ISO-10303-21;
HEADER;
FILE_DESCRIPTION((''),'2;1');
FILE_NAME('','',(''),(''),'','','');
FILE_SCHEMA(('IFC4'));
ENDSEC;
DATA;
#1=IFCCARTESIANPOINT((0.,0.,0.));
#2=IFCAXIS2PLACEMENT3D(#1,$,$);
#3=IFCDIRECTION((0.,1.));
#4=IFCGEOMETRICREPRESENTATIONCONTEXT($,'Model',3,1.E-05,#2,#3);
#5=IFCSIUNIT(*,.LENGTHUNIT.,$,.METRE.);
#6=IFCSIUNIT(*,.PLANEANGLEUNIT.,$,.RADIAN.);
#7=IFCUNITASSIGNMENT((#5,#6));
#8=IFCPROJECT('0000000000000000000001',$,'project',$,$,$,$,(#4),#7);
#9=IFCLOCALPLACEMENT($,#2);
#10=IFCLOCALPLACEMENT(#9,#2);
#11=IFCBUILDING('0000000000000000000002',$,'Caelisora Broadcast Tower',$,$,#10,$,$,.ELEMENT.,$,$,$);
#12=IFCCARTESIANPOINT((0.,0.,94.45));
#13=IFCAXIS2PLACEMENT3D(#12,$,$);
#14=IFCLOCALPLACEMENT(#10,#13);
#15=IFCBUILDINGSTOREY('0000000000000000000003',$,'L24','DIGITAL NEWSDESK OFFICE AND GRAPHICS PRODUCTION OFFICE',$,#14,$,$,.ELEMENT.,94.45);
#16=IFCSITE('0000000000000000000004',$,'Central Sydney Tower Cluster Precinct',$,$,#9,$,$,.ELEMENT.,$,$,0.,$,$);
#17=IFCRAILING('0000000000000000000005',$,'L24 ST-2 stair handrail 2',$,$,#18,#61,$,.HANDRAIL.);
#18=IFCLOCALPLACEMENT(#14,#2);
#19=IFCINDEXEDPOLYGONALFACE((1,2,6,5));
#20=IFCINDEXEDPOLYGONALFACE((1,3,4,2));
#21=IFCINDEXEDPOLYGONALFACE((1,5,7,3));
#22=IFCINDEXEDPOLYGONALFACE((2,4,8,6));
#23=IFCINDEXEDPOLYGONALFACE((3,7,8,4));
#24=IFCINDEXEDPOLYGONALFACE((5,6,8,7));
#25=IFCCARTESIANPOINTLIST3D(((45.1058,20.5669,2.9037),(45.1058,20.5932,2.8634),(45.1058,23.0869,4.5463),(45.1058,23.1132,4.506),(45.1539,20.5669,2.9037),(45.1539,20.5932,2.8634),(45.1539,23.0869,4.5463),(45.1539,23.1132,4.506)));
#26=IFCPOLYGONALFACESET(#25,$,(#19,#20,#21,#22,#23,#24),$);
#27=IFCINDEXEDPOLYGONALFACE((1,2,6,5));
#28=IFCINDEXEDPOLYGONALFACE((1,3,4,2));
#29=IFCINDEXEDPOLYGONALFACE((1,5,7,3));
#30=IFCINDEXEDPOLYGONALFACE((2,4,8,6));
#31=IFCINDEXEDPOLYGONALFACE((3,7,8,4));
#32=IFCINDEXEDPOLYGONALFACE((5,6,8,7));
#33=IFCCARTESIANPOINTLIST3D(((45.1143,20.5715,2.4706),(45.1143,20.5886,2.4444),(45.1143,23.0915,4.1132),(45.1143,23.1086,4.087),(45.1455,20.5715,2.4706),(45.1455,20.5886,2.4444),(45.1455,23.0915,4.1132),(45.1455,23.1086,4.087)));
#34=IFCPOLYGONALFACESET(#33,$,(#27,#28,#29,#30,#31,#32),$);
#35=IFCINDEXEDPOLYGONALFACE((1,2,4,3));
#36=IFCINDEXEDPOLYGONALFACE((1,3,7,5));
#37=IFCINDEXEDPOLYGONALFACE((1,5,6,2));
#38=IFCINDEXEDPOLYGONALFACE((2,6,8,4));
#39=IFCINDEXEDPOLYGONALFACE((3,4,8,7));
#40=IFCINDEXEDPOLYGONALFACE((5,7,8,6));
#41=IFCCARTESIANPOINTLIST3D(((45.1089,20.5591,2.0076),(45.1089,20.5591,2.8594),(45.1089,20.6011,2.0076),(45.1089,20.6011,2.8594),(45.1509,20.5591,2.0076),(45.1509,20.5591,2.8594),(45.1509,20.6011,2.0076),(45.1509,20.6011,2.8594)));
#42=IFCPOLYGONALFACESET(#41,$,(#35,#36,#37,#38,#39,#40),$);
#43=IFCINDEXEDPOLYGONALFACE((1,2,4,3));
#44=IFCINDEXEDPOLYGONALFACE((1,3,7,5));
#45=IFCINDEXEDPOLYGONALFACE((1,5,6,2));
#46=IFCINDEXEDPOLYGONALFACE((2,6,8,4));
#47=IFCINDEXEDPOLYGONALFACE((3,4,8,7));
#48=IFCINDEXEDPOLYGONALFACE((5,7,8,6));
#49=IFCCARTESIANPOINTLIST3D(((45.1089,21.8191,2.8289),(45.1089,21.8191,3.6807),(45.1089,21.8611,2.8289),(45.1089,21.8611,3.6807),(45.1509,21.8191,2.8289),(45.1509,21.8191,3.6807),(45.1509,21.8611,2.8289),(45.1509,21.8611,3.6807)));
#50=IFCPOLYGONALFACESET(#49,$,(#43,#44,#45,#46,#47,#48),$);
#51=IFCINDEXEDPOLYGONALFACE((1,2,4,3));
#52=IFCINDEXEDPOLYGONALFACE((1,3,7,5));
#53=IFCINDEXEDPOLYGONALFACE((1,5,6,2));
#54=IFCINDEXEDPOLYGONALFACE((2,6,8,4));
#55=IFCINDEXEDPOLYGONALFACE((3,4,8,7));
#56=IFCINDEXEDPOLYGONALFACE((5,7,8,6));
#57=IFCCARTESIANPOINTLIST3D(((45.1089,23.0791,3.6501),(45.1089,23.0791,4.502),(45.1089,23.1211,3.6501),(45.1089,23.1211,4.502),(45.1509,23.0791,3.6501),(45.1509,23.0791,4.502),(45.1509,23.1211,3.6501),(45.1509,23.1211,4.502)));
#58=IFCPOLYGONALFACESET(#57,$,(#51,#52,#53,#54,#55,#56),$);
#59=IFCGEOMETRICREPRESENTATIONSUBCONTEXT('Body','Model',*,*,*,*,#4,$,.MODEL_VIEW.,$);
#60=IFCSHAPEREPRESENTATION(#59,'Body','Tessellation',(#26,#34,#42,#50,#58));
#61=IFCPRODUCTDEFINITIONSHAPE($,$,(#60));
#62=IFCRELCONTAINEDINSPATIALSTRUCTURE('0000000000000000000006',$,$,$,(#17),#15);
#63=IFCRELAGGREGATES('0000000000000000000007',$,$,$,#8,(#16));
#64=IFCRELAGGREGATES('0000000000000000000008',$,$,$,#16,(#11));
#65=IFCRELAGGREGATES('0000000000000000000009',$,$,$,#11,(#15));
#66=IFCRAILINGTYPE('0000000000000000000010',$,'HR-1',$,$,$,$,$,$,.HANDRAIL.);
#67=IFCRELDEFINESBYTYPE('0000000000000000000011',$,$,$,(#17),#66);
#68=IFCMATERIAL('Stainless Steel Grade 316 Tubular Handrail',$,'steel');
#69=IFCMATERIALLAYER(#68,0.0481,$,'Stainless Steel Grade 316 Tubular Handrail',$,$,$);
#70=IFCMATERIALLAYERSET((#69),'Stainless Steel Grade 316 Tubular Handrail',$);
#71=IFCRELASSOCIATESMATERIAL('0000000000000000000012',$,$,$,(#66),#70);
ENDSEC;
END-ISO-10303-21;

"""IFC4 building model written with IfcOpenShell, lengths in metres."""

from ifc_helpers import new_model, si_unit, direction, frame, origin, origin_2d, place, context, subcontext, project, spatial, rectangle, extrude, material, layer, layer_set, type_object, element, save


model = new_model("IFC4")

# Units and contexts
model_context = context("Model", 3, precision=1e-05, world=origin(), true_north=direction((0.0, 1.0)))
body_context = subcontext(model_context, "Body", "Model", "MODEL_VIEW")
ifc_project = project(units=[si_unit("LENGTHUNIT", "METRE"), si_unit("PLANEANGLEUNIT", "RADIAN")], contexts=[model_context])

# Site, building, storey
site_placement = place(None, origin())
site = spatial("IfcSite", under=ifc_project, at=site_placement, Name="Central Sydney Tower Cluster Precinct", CompositionType="ELEMENT", RefElevation=0.0)
building_placement = place(site_placement, origin())
building = spatial("IfcBuilding", under=site, at=building_placement, Name="Caelisora Broadcast Tower", CompositionType="ELEMENT")
storey_placement = place(building_placement, frame((0.0, 0.0, 94.45)))
storey = spatial("IfcBuildingStorey", under=building, at=storey_placement, Name="L24", Description="DIGITAL NEWSDESK OFFICE AND GRAPHICS PRODUCTION OFFICE", CompositionType="ELEMENT", Elevation=94.45)

# Railing
ifc_material_1 = material(Name="Stainless Steel Grade 316 Tubular Handrail", Category="steel")
ifc_layer_1 = layer(ifc_material_1, 0.0481, Name="Stainless Steel Grade 316 Tubular Handrail")
ifc_layer_set_1 = layer_set([ifc_layer_1], Name="Stainless Steel Grade 316 Tubular Handrail")
railing_type_1 = type_object("IfcRailingType", Name="HR-1", PredefinedType="HANDRAIL", material=ifc_layer_set_1)
railing_1_placement = place(storey_placement, frame((45.1299, 20.5801, 2.0076)))
element("IfcRailing", 1, at=railing_1_placement, inside=storey, type_object=railing_type_1, Name="L24 ST-2 stair handrail 2", PredefinedType="HANDRAIL", context=body_context, shape_type="SweptSolid", body=[
    extrude(rectangle(XDim=0.0481, YDim=0.0481, at=origin_2d()), frame((0.0, 0.0, 0.876), z_axis=(0.0, 0.837749, 0.546055), x_axis=(-1.0, 0.0, 0.0)), (0.0, 0.0, 1.0), 3.0081),
    extrude(rectangle(XDim=0.0312, YDim=0.0312, at=origin_2d()), frame((0.0, 0.0, 0.45), z_axis=(0.0, 0.837749, 0.546055), x_axis=(-1.0, 0.0, 0.0)), (0.0, 0.0, 1.0), 3.0081),
    extrude(rectangle(XDim=0.042, YDim=0.042, at=origin_2d()), origin(), (0.0, 0.0, 1.0), 0.8518),
    extrude(rectangle(XDim=0.042, YDim=0.042, at=origin_2d()), frame((0.0, 1.26, 0.8213)), (0.0, 0.0, 1.0), 0.8518),
    extrude(rectangle(XDim=0.042, YDim=0.042, at=origin_2d()), frame((0.0, 2.52, 1.6426)), (0.0, 0.0, 1.0), 0.8518),
])

save(model, "model.ifc")
